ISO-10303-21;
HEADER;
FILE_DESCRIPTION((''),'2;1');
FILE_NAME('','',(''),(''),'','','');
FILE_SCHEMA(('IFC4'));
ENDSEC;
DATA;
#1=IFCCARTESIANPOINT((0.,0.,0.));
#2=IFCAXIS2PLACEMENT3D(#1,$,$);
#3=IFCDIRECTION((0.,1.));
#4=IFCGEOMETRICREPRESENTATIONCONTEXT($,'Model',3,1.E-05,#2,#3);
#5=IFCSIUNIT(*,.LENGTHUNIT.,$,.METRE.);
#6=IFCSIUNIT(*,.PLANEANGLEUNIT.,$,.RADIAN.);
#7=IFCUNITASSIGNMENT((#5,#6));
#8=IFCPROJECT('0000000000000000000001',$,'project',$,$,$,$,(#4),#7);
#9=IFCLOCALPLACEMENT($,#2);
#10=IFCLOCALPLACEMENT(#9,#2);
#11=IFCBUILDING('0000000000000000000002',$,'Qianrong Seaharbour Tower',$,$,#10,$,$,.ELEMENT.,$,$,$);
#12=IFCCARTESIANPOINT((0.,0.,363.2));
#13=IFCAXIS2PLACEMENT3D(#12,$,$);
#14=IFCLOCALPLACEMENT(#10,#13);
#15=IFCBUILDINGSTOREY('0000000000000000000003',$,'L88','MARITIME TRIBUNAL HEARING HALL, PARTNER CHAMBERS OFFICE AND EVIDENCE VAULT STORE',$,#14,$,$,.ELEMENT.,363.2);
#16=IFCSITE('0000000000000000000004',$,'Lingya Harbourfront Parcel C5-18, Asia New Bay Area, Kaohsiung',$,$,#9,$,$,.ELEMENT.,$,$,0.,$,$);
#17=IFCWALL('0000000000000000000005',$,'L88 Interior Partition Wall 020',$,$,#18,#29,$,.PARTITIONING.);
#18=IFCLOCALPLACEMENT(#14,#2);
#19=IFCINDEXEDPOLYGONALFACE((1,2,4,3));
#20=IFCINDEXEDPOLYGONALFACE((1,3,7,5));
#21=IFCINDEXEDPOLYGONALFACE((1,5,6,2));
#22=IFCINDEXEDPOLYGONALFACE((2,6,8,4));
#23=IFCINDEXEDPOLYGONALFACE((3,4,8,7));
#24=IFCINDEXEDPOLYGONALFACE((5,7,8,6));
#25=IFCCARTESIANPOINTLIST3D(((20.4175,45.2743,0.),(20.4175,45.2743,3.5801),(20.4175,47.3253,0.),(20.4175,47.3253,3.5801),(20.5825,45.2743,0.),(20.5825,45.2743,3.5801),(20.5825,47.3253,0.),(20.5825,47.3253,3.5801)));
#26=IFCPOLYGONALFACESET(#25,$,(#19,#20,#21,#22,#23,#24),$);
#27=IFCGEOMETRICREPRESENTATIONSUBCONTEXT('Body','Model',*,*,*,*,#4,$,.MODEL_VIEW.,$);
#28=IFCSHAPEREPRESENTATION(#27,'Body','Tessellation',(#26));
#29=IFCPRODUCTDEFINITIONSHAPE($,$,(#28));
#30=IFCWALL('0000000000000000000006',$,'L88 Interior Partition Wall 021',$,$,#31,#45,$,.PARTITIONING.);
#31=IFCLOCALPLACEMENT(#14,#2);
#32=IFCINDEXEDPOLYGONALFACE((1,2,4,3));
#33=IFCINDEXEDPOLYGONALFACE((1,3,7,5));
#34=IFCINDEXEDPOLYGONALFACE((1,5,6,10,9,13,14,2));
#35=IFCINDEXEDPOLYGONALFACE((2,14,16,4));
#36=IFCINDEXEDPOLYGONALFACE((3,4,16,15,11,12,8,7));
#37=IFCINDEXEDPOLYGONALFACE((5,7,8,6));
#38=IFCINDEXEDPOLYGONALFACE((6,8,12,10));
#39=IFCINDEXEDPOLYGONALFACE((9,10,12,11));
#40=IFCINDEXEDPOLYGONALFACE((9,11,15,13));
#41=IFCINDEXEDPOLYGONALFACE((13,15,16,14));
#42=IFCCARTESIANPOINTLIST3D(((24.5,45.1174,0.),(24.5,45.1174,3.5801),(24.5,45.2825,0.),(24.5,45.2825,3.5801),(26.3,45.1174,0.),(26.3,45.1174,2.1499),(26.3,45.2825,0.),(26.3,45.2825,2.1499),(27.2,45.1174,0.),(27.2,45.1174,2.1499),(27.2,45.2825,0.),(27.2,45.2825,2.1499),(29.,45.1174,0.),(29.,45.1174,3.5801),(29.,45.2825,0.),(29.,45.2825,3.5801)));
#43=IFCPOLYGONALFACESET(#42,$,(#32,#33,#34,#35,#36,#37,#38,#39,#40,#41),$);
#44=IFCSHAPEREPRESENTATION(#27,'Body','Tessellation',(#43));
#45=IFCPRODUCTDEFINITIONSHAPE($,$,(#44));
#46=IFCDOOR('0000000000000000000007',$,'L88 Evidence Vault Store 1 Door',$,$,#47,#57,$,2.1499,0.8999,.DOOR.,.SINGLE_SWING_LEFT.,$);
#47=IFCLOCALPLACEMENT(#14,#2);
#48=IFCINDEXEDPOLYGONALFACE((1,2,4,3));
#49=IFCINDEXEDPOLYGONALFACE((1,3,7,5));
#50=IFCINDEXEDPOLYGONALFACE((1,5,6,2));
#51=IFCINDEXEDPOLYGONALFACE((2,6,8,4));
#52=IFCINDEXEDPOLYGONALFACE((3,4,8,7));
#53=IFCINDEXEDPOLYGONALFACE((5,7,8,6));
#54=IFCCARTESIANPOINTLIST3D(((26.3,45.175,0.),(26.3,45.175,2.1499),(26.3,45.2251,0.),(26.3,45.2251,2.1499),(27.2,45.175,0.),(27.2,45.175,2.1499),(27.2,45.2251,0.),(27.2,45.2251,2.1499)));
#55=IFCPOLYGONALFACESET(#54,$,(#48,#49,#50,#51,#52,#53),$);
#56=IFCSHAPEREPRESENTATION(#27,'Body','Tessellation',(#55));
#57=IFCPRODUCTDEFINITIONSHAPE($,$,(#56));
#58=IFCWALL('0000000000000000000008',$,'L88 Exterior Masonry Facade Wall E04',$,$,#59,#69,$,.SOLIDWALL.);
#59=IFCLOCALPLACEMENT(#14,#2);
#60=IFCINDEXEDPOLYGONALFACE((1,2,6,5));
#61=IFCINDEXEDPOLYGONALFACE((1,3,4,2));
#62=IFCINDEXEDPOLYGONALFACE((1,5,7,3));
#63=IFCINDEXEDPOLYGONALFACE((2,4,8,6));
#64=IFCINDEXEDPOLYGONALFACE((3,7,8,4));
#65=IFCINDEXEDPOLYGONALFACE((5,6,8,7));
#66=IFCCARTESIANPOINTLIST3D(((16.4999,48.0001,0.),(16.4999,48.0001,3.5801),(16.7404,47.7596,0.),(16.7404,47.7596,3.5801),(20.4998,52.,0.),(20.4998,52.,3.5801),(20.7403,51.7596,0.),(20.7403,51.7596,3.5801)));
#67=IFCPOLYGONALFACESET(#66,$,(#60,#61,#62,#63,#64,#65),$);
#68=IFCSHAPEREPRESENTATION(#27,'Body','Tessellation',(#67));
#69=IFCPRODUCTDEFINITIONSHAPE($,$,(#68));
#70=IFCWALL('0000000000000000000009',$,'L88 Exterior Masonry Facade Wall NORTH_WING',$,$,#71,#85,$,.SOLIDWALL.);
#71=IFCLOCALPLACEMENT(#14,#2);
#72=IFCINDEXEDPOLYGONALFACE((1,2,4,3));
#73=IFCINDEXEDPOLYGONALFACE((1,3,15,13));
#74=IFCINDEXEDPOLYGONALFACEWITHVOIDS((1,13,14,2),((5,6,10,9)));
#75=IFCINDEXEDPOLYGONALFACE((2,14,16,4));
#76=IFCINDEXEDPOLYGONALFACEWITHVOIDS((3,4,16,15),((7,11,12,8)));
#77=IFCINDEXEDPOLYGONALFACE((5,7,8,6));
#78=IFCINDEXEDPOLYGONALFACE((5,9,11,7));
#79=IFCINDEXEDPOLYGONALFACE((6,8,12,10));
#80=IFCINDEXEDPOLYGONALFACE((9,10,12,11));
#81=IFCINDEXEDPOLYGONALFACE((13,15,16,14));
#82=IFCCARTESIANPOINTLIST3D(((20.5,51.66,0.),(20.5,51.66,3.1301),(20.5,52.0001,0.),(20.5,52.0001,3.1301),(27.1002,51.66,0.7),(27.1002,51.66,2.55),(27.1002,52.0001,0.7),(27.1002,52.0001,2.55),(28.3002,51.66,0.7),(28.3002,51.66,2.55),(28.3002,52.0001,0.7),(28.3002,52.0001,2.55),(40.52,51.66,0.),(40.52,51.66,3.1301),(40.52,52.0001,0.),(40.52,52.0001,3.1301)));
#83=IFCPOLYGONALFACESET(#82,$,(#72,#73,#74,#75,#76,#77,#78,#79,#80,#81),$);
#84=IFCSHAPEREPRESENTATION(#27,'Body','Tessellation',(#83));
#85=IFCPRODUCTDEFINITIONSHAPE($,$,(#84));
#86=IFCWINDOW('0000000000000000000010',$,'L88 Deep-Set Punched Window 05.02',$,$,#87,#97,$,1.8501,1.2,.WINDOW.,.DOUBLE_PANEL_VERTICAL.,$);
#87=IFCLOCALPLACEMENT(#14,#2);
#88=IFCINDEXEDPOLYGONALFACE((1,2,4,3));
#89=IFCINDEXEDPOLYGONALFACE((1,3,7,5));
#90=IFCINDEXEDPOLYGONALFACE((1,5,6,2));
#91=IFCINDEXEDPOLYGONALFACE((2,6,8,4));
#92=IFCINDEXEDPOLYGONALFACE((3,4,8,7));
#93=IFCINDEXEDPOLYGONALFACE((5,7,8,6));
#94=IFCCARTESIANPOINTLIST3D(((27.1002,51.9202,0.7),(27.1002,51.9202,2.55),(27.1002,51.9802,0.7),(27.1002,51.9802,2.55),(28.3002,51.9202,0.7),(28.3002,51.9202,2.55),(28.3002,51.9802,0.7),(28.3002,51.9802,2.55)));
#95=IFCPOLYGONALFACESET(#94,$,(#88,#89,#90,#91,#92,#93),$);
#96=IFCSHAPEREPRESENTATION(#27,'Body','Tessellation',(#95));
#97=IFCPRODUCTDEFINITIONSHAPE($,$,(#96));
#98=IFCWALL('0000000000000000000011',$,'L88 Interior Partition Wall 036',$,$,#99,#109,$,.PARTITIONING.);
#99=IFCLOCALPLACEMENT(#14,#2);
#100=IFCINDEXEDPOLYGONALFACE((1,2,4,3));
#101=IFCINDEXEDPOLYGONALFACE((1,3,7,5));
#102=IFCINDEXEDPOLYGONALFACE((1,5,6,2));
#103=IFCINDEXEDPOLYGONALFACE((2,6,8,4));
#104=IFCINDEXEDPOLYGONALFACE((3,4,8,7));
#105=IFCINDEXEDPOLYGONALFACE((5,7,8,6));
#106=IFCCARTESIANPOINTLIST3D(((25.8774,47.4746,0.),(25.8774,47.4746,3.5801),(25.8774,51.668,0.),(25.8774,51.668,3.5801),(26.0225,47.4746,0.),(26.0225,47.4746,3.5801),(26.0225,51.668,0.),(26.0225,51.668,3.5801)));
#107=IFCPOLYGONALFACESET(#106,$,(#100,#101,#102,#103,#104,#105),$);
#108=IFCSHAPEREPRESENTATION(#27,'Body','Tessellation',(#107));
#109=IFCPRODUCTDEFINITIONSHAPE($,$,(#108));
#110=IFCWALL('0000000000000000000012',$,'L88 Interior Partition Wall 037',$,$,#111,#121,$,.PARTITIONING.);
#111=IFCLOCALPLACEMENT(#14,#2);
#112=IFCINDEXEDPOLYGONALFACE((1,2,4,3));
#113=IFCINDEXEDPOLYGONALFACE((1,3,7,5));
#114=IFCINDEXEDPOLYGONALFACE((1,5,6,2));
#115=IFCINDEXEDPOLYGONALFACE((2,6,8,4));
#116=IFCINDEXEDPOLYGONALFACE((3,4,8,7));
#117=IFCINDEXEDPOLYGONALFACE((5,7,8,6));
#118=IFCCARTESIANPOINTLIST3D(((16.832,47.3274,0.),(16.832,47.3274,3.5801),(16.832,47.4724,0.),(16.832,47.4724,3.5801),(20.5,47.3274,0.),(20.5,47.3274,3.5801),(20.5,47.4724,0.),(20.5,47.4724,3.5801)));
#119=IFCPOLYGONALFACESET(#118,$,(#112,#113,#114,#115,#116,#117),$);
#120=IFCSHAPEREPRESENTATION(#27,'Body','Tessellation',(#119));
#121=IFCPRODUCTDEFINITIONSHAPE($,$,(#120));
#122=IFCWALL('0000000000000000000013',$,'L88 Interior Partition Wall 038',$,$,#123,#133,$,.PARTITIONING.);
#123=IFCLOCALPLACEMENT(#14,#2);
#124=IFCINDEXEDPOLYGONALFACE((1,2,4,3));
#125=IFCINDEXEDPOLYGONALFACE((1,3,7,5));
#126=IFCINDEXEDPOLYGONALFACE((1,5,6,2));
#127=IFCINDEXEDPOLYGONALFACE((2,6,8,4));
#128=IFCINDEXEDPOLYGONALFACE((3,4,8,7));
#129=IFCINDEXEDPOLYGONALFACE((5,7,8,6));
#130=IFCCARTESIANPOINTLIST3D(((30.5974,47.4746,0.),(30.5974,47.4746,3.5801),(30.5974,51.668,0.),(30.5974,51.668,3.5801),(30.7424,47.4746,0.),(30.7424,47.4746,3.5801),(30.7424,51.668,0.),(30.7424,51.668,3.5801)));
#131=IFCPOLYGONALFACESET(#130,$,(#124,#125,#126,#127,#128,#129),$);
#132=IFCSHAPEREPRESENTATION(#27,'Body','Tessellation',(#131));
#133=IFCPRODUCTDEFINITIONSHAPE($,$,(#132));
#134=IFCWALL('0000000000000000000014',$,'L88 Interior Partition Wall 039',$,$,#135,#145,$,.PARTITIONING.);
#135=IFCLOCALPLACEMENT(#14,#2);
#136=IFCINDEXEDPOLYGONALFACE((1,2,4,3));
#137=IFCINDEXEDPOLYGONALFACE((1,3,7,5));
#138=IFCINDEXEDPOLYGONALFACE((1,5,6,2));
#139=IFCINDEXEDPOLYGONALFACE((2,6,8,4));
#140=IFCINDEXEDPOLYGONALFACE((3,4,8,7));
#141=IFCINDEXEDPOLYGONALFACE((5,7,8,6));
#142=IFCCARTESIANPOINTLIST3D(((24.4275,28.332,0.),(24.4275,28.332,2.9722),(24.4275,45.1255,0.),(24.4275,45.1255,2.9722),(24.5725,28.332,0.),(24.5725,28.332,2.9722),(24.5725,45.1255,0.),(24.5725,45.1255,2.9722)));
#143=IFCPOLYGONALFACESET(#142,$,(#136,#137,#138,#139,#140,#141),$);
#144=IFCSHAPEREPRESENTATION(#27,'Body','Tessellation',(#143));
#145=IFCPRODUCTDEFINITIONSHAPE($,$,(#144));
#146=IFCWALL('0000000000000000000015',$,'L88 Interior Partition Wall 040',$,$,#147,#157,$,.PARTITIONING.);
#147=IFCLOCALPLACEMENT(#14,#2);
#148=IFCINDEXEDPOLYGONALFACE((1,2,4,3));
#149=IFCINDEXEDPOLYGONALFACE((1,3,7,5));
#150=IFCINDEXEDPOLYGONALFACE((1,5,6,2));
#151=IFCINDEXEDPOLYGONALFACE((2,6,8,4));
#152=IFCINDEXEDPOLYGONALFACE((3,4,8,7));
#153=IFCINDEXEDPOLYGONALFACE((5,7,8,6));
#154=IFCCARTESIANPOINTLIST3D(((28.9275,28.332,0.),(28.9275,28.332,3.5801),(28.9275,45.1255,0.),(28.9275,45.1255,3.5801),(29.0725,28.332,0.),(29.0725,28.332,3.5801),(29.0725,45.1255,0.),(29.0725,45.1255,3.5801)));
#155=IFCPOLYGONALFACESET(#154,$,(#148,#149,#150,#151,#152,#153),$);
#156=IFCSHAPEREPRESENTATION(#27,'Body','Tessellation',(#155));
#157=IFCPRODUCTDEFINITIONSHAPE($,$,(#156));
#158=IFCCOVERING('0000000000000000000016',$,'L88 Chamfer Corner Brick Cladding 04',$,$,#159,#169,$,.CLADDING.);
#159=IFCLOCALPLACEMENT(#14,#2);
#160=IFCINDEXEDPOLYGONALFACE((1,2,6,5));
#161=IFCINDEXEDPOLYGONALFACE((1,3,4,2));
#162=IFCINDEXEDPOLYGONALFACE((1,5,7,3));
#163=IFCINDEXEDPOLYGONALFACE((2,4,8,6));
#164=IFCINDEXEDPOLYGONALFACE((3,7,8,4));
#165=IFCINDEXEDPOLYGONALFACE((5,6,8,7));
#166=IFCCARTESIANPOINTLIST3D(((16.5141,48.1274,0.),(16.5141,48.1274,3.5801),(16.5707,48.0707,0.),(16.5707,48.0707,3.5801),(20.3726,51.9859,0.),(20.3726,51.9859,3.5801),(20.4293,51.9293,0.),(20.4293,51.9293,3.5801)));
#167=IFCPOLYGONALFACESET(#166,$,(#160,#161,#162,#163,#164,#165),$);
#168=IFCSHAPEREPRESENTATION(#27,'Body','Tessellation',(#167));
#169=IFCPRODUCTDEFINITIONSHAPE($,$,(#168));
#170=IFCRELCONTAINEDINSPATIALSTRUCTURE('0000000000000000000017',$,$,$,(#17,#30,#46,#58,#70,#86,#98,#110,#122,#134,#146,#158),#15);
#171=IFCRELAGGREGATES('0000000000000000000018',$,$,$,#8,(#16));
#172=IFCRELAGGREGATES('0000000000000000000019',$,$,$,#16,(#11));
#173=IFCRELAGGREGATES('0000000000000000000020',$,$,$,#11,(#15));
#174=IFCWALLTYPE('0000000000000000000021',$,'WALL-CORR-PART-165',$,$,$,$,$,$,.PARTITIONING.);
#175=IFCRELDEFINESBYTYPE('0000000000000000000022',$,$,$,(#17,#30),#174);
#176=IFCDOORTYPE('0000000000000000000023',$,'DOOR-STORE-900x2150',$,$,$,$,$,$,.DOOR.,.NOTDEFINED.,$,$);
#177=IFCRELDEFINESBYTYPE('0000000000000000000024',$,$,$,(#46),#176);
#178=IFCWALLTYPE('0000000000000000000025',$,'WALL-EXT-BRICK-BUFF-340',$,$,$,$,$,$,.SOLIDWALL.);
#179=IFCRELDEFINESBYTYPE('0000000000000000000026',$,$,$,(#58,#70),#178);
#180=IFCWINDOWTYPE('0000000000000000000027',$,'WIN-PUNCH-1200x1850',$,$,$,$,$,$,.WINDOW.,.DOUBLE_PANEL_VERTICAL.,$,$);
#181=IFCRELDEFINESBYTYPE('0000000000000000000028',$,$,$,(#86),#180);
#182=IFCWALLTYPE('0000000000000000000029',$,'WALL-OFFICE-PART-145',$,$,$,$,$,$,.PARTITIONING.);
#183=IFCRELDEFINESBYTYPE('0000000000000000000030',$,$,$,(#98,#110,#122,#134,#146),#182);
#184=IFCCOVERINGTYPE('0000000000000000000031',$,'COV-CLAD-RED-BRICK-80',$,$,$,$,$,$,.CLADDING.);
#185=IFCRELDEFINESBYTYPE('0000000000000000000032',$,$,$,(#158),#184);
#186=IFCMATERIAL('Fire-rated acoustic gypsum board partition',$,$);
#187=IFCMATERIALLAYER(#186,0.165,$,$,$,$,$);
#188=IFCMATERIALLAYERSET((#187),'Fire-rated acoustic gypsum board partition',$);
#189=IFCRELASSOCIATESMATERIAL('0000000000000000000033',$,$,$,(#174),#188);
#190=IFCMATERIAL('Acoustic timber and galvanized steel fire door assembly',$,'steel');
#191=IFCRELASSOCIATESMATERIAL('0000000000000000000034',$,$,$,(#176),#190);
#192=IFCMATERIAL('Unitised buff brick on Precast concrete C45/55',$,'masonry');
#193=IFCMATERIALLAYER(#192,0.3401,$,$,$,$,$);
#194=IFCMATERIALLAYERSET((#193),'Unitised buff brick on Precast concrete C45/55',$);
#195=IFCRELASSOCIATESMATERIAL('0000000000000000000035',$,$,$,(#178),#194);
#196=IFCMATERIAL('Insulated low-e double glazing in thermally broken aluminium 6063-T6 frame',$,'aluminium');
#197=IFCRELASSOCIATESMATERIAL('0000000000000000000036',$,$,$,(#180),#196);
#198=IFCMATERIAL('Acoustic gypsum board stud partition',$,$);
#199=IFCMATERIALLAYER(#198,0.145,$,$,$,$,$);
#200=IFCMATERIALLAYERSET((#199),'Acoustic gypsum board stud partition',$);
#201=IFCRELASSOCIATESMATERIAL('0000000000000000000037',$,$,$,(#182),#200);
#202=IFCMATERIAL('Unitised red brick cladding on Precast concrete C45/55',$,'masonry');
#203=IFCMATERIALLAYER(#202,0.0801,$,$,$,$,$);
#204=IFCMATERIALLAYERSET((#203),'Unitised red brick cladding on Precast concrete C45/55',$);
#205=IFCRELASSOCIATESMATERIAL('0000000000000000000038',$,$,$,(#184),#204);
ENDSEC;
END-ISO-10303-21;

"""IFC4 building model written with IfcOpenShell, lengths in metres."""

from ifc_helpers import new_model, si_unit, direction, frame, frame_2d, origin, origin_2d, place, context, subcontext, project, spatial, rectangle, extrude, material, layer, layer_set, type_object, element, fill, save


model = new_model("IFC4")

# Units and contexts
model_context = context("Model", 3, precision=1e-05, world=origin(), true_north=direction((0.0, 1.0)))
body_context = subcontext(model_context, "Body", "Model", "MODEL_VIEW")
ifc_project = project(units=[si_unit("LENGTHUNIT", "METRE"), si_unit("PLANEANGLEUNIT", "RADIAN")], contexts=[model_context])

# Site, building, storey
site_placement = place(None, origin())
site = spatial("IfcSite", under=ifc_project, at=site_placement, Name="Lingya Harbourfront Parcel C5-18, Asia New Bay Area, Kaohsiung", CompositionType="ELEMENT", RefElevation=0.0)
building_placement = place(site_placement, origin())
building = spatial("IfcBuilding", under=site, at=building_placement, Name="Qianrong Seaharbour Tower", CompositionType="ELEMENT")
storey_placement = place(building_placement, frame((0.0, 0.0, 363.2)))
storey = spatial("IfcBuildingStorey", under=building, at=storey_placement, Name="L88", Description="MARITIME TRIBUNAL HEARING HALL, PARTNER CHAMBERS OFFICE AND EVIDENCE VAULT STORE", CompositionType="ELEMENT", Elevation=363.2)

# Shared definitions
ifc_material_1 = material(Name="Fire-rated acoustic gypsum board partition")
ifc_layer_1 = layer(ifc_material_1, 0.165)
ifc_layer_set_1 = layer_set([ifc_layer_1], Name="Fire-rated acoustic gypsum board partition")
wall_type_1 = type_object("IfcWallType", Name="WALL-CORR-PART-165", PredefinedType="PARTITIONING", material=ifc_layer_set_1)
ifc_material_2 = material(Name="Acoustic timber and galvanized steel fire door assembly", Category="steel")
door_type_1 = type_object("IfcDoorType", Name="DOOR-STORE-900x2150", OperationType="NOTDEFINED", PredefinedType="DOOR", material=ifc_material_2)

# Wall
wall_1_placement = place(storey_placement, frame((20.5, 45.2744, 0.0), z_axis=(0.0, 0.0, 1.0), x_axis=(0.0, 1.0, 0.0)))
element("IfcWall", 1, at=wall_1_placement, inside=storey, type_object=wall_type_1, Name="L88 Interior Partition Wall 020", PredefinedType="PARTITIONING", context=body_context, shape_type="SweptSolid", body=[
    extrude(rectangle(XDim=2.051, YDim=0.165, at=frame_2d((1.0254, 0.0))), origin(), (0.0, 0.0, 1.0), 3.5801),
])

# Wall, opening, door
wall_2_placement = place(storey_placement, frame((29.0, 45.2, 0.0), z_axis=(0.0, 0.0, 1.0), x_axis=(-1.0, 0.0, 0.0)))
wall_2 = element("IfcWall", 2, at=wall_2_placement, inside=storey, type_object=wall_type_1, Name="L88 Interior Partition Wall 021", PredefinedType="PARTITIONING", context=body_context, shape_type="SweptSolid", body=[
    extrude(rectangle(XDim=4.5, YDim=0.165, at=frame_2d((2.25, 0.0))), origin(), (0.0, 0.0, 1.0), 3.5801),
])
opening_1_placement = place(wall_2_placement, frame((1.8, 0.0, 0.0)))
opening_1 = element("IfcOpeningElement", 3, at=opening_1_placement, cuts=wall_2, PredefinedType="OPENING", context=body_context, shape_type="SweptSolid", body=[
    extrude(rectangle(XDim=0.8999, YDim=2.1499, at=frame_2d((0.45, 1.075))), frame((0.0, 0.0925, 0.0), z_axis=(0.0, -1.0, 0.0), x_axis=(1.0, 0.0, 0.0)), (0.0, 0.0, 1.0), 0.1851),
])
door_1_placement = place(opening_1_placement, origin())
door_1 = element("IfcDoor", 4, at=door_1_placement, inside=storey, type_object=door_type_1, Name="L88 Evidence Vault Store 1 Door", OperationType="SINGLE_SWING_LEFT", OverallHeight=2.1499, OverallWidth=0.8999, PredefinedType="DOOR", context=body_context, shape_type="SweptSolid", body=[
    extrude(rectangle(XDim=0.8999, YDim=2.1499, at=frame_2d((0.45, 1.075))), frame((0.0, 0.0249, 0.0), z_axis=(0.0, -1.0, 0.0), x_axis=(1.0, 0.0, 0.0)), (0.0, 0.0, 1.0), 0.05),
])
fill(opening_1, door_1)

# Wall
ifc_material_3 = material(Name="Unitised buff brick on Precast concrete C45/55", Category="masonry")
ifc_layer_2 = layer(ifc_material_3, 0.3401)
ifc_layer_set_2 = layer_set([ifc_layer_2], Name="Unitised buff brick on Precast concrete C45/55")
wall_type_2 = type_object("IfcWallType", Name="WALL-EXT-BRICK-BUFF-340", PredefinedType="SOLIDWALL", material=ifc_layer_set_2)
wall_3_placement = place(storey_placement, frame((16.6201, 47.8799, 0.0), z_axis=(0.0, 0.0, 1.0), x_axis=(0.707107, 0.707107, 0.0)))
element("IfcWall", 5, at=wall_3_placement, inside=storey, type_object=wall_type_2, Name="L88 Exterior Masonry Facade Wall E04", PredefinedType="SOLIDWALL", context=body_context, shape_type="SweptSolid", body=[
    extrude(rectangle(XDim=5.6567, YDim=0.3401, at=frame_2d((2.8284, 0.0))), origin(), (0.0, 0.0, 1.0), 3.5801),
])

# Wall, opening, window
wall_4_placement = place(storey_placement, frame((20.5, 51.8301, 0.0), z_axis=(0.0, 0.0, 1.0), x_axis=(1.0, 0.0, 0.0)))
wall_4 = element("IfcWall", 6, at=wall_4_placement, inside=storey, type_object=wall_type_2, Name="L88 Exterior Masonry Facade Wall NORTH_WING", PredefinedType="SOLIDWALL", context=body_context, shape_type="SweptSolid", body=[
    extrude(rectangle(XDim=20.02, YDim=0.3401, at=frame_2d((10.01, 0.0))), origin(), (0.0, 0.0, 1.0), 3.1301),
])
opening_2_placement = place(wall_4_placement, frame((6.6001, 0.0, 0.7)))
opening_2 = element("IfcOpeningElement", 7, at=opening_2_placement, cuts=wall_4, PredefinedType="OPENING", context=body_context, shape_type="SweptSolid", body=[
    extrude(rectangle(XDim=1.2, YDim=1.8501, at=frame_2d((0.6001, 0.925))), frame((0.0, 0.1802, 0.0), z_axis=(0.0, -1.0, 0.0), x_axis=(1.0, 0.0, 0.0)), (0.0, 0.0, 1.0), 0.3601),
])
ifc_material_4 = material(Name="Insulated low-e double glazing in thermally broken aluminium 6063-T6 frame", Category="aluminium")
window_type = type_object("IfcWindowType", Name="WIN-PUNCH-1200x1850", PartitioningType="DOUBLE_PANEL_VERTICAL", PredefinedType="WINDOW", material=ifc_material_4)
window_placement = place(opening_2_placement, origin())
window = element("IfcWindow", 8, at=window_placement, inside=storey, type_object=window_type, Name="L88 Deep-Set Punched Window 05.02", OverallHeight=1.8501, OverallWidth=1.2, PartitioningType="DOUBLE_PANEL_VERTICAL", PredefinedType="WINDOW", context=body_context, shape_type="SweptSolid", body=[
    extrude(rectangle(XDim=1.2, YDim=1.8501, at=frame_2d((0.6001, 0.925))), frame((0.0, 0.1501, 0.0), z_axis=(0.0, -1.0, 0.0), x_axis=(1.0, 0.0, 0.0)), (0.0, 0.0, 1.0), 0.0601),
])
fill(opening_2, window)

# Walls
ifc_material_5 = material(Name="Acoustic gypsum board stud partition")
ifc_layer_3 = layer(ifc_material_5, 0.145)
ifc_layer_set_3 = layer_set([ifc_layer_3], Name="Acoustic gypsum board stud partition")
wall_type_3 = type_object("IfcWallType", Name="WALL-OFFICE-PART-145", PredefinedType="PARTITIONING", material=ifc_layer_set_3)
wall_5_placement = place(storey_placement, frame((25.95, 51.668, 0.0), z_axis=(0.0, 0.0, 1.0), x_axis=(0.0, -1.0, 0.0)))
element("IfcWall", 9, at=wall_5_placement, inside=storey, type_object=wall_type_3, Name="L88 Interior Partition Wall 036", PredefinedType="PARTITIONING", context=body_context, shape_type="SweptSolid", body=[
    extrude(rectangle(XDim=4.1934, YDim=0.145, at=frame_2d((2.0967, 0.0))), origin(), (0.0, 0.0, 1.0), 3.5801),
])
wall_6_placement = place(storey_placement, frame((20.5, 47.3999, 0.0), z_axis=(0.0, 0.0, 1.0), x_axis=(-1.0, 0.0, 0.0)))
element("IfcWall", 10, at=wall_6_placement, inside=storey, type_object=wall_type_3, Name="L88 Interior Partition Wall 037", PredefinedType="PARTITIONING", context=body_context, shape_type="SweptSolid", body=[
    extrude(rectangle(XDim=3.668, YDim=0.145, at=frame_2d((1.834, 0.0))), origin(), (0.0, 0.0, 1.0), 3.5801),
])
wall_7_placement = place(storey_placement, frame((30.6699, 51.668, 0.0), z_axis=(0.0, 0.0, 1.0), x_axis=(0.0, -1.0, 0.0)))
element("IfcWall", 11, at=wall_7_placement, inside=storey, type_object=wall_type_3, Name="L88 Interior Partition Wall 038", PredefinedType="PARTITIONING", context=body_context, shape_type="SweptSolid", body=[
    extrude(rectangle(XDim=4.1934, YDim=0.145, at=frame_2d((2.0967, 0.0))), origin(), (0.0, 0.0, 1.0), 3.5801),
])
wall_8_placement = place(storey_placement, frame((24.5, 45.1255, 0.0), z_axis=(0.0, 0.0, 1.0), x_axis=(0.0, -1.0, 0.0)))
element("IfcWall", 12, at=wall_8_placement, inside=storey, type_object=wall_type_3, Name="L88 Interior Partition Wall 039", PredefinedType="PARTITIONING", context=body_context, shape_type="SweptSolid", body=[
    extrude(rectangle(XDim=16.7935, YDim=0.145, at=frame_2d((8.3967, 0.0))), origin(), (0.0, 0.0, 1.0), 2.9722),
])
wall_9_placement = place(storey_placement, frame((29.0, 45.1255, 0.0), z_axis=(0.0, 0.0, 1.0), x_axis=(0.0, -1.0, 0.0)))
element("IfcWall", 13, at=wall_9_placement, inside=storey, type_object=wall_type_3, Name="L88 Interior Partition Wall 040", PredefinedType="PARTITIONING", context=body_context, shape_type="SweptSolid", body=[
    extrude(rectangle(XDim=16.7935, YDim=0.145, at=frame_2d((8.3967, 0.0))), origin(), (0.0, 0.0, 1.0), 3.5801),
])

# Covering
ifc_material_6 = material(Name="Unitised red brick cladding on Precast concrete C45/55", Category="masonry")
ifc_layer_4 = layer(ifc_material_6, 0.0801)
ifc_layer_set_4 = layer_set([ifc_layer_4], Name="Unitised red brick cladding on Precast concrete C45/55")
covering_type = type_object("IfcCoveringType", Name="COV-CLAD-RED-BRICK-80", PredefinedType="CLADDING", material=ifc_layer_set_4)
covering_placement = place(storey_placement, frame((18.4717, 50.0283, 0.0), z_axis=(0.0, 0.0, 1.0), x_axis=(0.707107, 0.707107, 0.0)))
element("IfcCovering", 14, at=covering_placement, inside=storey, type_object=covering_type, Name="L88 Chamfer Corner Brick Cladding 04", PredefinedType="CLADDING", context=body_context, shape_type="SweptSolid", body=[
    extrude(rectangle(XDim=5.4568, YDim=0.0801, at=origin_2d()), origin(), (0.0, 0.0, 1.0), 3.5801),
])

save(model, "model.ifc")
